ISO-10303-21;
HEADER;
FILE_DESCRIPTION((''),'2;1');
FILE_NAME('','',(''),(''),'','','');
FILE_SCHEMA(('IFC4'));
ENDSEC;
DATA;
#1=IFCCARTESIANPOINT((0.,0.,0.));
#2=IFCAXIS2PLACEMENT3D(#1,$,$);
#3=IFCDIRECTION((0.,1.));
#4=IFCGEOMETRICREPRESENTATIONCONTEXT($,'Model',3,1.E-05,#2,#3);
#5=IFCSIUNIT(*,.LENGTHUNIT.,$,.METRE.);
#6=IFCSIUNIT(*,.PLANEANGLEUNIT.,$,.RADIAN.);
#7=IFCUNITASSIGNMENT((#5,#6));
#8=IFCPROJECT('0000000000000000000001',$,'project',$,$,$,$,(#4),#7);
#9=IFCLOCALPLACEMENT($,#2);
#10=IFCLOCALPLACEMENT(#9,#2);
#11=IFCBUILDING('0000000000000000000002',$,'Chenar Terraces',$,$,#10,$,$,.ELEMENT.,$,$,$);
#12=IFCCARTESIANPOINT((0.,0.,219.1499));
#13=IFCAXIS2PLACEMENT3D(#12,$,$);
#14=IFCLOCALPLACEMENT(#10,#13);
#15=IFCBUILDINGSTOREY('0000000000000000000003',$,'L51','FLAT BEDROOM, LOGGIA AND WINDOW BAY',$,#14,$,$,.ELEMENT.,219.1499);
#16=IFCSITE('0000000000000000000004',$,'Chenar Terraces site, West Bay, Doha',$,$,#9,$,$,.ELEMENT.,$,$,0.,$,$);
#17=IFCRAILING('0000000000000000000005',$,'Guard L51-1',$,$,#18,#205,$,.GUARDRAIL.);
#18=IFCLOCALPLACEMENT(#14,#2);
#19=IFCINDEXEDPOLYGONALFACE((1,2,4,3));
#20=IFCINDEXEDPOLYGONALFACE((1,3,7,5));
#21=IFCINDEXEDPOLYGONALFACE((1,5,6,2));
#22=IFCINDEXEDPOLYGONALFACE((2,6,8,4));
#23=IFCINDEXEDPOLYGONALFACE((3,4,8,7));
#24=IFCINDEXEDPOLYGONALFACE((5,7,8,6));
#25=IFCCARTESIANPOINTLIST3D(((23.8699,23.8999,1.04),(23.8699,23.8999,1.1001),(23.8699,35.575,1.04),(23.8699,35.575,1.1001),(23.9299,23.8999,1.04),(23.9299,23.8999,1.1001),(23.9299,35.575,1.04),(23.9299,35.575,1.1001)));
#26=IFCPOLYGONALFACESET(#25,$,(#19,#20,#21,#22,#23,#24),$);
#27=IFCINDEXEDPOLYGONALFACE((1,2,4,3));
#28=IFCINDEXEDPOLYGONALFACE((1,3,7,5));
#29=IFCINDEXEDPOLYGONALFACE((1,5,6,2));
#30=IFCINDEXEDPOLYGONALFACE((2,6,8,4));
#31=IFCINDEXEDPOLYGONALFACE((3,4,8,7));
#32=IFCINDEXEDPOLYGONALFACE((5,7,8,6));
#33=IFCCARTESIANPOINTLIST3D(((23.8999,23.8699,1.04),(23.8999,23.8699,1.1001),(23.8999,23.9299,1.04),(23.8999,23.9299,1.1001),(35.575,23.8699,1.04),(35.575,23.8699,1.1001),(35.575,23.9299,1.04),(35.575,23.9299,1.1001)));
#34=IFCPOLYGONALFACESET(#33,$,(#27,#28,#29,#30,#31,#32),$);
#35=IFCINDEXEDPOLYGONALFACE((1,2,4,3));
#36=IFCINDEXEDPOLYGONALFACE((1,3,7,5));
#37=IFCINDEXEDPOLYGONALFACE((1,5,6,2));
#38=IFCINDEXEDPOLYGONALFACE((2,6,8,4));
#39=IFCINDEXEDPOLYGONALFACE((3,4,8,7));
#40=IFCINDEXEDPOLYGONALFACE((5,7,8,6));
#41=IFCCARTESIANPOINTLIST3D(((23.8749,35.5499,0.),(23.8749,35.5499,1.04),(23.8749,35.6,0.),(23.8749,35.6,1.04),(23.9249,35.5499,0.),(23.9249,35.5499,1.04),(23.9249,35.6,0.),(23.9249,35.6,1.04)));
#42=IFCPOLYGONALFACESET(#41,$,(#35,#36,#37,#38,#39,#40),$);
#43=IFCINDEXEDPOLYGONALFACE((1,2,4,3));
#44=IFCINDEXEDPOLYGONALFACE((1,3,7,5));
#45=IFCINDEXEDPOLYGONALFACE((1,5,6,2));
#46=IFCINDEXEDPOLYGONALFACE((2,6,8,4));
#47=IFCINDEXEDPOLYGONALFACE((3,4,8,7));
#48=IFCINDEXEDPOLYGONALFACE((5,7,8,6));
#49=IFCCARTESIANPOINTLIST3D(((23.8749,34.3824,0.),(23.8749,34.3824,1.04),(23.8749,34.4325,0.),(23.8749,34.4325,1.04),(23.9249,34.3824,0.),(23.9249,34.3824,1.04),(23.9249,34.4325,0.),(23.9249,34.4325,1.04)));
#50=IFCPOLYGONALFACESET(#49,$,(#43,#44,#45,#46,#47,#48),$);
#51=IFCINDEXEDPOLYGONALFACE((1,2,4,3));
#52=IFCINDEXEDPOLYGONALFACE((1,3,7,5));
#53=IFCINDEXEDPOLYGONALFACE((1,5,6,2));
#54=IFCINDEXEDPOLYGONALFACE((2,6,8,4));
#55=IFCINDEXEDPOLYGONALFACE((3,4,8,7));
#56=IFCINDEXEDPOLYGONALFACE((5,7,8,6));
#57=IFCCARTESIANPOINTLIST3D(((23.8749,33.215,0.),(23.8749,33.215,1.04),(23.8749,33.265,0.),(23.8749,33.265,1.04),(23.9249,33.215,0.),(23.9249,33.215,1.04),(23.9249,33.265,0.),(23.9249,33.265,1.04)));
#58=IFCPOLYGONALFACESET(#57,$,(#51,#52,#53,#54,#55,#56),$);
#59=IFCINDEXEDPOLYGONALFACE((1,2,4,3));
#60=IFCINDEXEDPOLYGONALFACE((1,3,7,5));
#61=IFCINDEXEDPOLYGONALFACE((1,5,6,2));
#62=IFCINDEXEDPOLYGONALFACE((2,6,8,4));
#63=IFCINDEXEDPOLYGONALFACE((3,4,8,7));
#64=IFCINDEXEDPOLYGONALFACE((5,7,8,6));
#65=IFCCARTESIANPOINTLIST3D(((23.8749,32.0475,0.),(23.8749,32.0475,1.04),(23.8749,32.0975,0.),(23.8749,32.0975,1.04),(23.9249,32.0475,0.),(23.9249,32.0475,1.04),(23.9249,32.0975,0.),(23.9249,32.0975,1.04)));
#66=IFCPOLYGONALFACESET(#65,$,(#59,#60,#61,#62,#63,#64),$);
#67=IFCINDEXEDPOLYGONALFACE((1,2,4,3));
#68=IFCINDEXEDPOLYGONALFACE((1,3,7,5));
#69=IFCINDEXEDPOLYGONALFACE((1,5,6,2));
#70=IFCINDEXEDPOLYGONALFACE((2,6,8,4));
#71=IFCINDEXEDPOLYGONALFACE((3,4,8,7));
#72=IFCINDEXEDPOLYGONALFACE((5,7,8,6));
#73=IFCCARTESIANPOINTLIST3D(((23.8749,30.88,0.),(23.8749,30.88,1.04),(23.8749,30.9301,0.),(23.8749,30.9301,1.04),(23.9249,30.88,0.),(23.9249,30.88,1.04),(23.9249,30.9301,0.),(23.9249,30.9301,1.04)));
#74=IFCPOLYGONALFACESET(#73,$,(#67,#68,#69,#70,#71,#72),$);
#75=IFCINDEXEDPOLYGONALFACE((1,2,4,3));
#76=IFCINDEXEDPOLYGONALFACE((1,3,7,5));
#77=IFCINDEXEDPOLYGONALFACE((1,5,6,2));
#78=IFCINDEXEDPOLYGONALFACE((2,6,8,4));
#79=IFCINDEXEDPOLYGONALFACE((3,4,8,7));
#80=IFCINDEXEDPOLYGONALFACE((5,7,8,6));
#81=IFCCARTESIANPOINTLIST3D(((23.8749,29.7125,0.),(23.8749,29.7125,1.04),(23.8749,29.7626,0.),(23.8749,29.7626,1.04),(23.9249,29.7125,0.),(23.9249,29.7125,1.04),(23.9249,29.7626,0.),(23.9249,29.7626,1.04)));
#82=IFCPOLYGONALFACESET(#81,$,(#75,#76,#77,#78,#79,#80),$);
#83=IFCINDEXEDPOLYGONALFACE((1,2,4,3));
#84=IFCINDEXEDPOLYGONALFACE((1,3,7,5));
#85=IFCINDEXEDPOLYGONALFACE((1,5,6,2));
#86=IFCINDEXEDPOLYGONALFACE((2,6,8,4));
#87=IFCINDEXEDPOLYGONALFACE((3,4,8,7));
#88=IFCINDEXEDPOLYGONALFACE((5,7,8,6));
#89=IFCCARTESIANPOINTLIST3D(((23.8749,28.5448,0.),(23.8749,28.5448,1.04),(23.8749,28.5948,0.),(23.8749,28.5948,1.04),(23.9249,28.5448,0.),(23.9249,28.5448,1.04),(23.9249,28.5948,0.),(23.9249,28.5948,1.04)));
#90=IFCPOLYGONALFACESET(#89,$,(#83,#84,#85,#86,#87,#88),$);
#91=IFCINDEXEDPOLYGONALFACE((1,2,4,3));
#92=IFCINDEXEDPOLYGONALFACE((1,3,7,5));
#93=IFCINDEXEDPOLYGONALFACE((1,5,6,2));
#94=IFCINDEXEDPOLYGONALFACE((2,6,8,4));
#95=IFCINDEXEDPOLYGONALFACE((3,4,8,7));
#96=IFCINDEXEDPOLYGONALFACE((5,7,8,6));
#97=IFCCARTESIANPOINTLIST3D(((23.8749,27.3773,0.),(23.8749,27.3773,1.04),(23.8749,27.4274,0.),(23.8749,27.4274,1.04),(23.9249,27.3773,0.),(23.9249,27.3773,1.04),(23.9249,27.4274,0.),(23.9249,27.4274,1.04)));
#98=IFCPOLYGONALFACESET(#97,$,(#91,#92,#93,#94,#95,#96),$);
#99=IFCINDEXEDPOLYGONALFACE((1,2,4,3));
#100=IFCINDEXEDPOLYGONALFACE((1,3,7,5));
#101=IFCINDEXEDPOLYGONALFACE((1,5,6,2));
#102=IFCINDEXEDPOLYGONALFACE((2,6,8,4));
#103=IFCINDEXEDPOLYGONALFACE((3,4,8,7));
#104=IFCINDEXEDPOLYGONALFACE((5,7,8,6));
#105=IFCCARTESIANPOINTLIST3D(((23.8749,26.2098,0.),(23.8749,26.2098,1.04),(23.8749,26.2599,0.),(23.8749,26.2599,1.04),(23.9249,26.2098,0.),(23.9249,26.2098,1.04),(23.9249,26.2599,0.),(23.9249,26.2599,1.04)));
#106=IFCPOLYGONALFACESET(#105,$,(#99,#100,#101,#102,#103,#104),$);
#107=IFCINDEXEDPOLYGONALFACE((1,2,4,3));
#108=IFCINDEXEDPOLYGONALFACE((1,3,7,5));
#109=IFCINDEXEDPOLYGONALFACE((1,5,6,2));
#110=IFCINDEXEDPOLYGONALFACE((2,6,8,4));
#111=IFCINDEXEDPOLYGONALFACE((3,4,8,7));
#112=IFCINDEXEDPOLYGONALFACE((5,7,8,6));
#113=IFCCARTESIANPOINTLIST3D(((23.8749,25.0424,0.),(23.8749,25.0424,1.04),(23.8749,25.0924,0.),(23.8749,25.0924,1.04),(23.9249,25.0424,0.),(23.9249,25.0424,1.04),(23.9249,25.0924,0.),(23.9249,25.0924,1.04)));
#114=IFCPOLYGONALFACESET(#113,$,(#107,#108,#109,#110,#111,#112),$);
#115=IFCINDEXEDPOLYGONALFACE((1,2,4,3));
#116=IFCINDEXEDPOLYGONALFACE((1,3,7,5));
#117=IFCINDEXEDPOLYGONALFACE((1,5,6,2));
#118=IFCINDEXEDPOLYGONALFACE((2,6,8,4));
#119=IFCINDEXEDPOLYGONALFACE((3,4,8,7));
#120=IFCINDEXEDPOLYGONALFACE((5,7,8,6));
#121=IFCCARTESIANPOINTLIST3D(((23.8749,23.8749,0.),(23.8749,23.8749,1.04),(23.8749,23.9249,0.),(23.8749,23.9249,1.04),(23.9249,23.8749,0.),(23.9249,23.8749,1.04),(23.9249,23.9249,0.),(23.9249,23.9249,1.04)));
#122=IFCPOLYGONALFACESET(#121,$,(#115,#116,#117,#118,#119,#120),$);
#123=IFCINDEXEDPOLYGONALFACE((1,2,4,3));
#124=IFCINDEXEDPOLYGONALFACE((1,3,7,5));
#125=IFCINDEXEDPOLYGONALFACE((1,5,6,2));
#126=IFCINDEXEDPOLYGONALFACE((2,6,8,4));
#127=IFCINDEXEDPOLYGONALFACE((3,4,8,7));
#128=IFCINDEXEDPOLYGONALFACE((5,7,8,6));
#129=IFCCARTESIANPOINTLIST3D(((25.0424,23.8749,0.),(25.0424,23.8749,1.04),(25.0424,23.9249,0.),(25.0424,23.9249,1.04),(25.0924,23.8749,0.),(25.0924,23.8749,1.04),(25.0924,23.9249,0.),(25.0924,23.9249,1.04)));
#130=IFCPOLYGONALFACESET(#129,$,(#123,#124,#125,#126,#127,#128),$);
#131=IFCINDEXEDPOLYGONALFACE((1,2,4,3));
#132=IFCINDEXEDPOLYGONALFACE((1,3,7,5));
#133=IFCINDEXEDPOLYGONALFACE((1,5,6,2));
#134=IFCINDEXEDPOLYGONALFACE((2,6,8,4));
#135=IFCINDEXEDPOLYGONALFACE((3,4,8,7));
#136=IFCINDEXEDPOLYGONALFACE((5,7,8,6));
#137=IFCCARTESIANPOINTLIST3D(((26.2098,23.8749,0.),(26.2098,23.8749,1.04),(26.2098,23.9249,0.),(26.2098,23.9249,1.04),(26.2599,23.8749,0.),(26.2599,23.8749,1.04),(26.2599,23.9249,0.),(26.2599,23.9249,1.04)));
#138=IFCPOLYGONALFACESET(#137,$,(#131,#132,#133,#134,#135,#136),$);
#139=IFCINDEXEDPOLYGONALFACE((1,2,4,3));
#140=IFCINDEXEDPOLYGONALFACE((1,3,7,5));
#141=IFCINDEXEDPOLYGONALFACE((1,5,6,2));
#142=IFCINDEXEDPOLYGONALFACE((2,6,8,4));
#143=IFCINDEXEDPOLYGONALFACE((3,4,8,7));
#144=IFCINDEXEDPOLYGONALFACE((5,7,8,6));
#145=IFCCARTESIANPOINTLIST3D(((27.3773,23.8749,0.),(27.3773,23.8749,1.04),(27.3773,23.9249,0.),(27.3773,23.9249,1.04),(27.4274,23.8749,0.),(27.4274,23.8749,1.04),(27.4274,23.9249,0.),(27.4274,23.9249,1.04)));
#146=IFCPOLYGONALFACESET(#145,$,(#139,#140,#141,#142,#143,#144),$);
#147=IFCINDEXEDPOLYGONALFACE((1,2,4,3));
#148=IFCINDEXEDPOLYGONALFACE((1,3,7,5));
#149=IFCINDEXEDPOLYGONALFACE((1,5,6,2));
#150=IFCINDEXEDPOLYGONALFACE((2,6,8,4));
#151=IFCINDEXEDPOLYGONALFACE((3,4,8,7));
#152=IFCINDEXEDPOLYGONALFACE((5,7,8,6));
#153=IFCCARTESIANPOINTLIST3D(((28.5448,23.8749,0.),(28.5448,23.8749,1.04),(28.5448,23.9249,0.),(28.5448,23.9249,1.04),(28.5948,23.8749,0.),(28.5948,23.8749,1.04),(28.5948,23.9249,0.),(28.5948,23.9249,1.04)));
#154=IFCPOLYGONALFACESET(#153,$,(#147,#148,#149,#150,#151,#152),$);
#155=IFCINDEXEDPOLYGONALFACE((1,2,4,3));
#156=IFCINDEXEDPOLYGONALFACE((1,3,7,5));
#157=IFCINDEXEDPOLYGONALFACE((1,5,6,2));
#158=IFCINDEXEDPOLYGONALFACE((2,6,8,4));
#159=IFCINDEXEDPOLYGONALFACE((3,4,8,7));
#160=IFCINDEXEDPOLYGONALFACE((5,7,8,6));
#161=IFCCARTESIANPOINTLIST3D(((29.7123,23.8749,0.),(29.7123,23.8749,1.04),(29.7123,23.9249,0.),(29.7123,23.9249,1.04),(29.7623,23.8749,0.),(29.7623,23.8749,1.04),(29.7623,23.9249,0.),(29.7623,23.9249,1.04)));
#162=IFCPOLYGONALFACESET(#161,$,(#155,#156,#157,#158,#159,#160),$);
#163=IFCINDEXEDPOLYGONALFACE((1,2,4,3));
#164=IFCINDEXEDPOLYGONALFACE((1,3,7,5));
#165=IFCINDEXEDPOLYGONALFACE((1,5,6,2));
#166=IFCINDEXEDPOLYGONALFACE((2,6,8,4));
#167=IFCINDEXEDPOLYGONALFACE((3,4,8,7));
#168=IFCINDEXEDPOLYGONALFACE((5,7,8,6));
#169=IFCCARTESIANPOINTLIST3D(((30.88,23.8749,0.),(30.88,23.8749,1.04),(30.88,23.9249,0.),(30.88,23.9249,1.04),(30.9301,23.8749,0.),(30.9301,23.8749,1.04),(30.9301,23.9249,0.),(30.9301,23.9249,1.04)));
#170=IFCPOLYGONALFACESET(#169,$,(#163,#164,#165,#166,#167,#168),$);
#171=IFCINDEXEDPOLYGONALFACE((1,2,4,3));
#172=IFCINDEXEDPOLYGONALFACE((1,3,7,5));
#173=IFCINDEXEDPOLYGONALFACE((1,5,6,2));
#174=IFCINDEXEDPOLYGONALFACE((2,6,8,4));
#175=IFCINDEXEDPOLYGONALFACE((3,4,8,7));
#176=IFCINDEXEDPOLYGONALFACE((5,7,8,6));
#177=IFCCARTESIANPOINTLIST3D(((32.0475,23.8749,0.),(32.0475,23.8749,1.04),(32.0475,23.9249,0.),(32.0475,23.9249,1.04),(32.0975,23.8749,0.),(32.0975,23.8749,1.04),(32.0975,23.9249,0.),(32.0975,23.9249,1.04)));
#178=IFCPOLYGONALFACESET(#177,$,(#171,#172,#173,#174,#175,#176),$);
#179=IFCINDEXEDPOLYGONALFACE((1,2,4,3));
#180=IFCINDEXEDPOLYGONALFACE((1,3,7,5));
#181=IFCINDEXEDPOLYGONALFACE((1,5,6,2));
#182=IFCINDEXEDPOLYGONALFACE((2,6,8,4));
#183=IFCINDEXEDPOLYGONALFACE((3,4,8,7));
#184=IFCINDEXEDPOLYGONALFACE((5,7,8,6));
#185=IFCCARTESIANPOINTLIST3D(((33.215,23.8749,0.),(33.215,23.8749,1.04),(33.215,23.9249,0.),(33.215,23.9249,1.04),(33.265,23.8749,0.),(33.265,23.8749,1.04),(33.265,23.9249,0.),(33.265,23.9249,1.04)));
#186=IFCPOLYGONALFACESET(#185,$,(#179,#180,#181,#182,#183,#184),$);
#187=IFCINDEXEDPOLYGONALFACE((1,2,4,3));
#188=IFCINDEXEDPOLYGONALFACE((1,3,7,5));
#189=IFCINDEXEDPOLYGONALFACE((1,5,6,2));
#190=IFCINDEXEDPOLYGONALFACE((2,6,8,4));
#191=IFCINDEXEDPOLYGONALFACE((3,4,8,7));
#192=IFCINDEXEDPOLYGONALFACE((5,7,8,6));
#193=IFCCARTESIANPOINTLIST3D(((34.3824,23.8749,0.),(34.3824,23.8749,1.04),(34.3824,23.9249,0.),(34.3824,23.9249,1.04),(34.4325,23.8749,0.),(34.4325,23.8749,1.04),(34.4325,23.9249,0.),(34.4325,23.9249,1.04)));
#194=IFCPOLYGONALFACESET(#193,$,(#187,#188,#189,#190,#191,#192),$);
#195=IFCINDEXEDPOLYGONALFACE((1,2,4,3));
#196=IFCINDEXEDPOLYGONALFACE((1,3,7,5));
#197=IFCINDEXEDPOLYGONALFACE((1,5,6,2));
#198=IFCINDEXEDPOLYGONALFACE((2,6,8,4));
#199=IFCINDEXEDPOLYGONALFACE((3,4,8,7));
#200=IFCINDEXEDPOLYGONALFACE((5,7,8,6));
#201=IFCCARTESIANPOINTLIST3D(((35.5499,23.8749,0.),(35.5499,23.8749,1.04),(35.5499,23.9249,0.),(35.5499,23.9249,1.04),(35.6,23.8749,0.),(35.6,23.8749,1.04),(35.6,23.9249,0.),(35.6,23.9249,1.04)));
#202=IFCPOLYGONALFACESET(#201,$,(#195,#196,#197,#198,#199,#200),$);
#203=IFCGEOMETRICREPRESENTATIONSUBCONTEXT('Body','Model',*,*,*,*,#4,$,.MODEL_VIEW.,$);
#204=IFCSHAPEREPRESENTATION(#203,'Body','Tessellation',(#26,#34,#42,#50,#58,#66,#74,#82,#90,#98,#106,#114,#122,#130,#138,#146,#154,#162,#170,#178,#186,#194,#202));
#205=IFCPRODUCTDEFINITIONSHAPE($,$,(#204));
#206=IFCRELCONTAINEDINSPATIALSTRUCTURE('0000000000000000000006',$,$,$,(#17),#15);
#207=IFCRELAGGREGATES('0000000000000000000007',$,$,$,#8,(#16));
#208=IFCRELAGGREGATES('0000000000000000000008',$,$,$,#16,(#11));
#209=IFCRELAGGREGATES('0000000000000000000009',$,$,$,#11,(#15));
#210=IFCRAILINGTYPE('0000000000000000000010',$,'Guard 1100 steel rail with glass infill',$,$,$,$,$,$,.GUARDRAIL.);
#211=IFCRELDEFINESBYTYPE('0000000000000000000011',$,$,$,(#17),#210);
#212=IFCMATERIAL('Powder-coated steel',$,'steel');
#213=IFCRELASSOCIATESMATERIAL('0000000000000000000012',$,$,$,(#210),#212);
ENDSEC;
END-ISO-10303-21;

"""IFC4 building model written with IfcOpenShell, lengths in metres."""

from ifc_helpers import new_model, si_unit, direction, frame, origin, origin_2d, place, context, subcontext, project, spatial, rectangle, extrude, material, type_object, element, save


model = new_model("IFC4")

# Units and contexts
model_context = context("Model", 3, precision=1e-05, world=origin(), true_north=direction((0.0, 1.0)))
body_context = subcontext(model_context, "Body", "Model", "MODEL_VIEW")
ifc_project = project(units=[si_unit("LENGTHUNIT", "METRE"), si_unit("PLANEANGLEUNIT", "RADIAN")], contexts=[model_context])

# Site, building, storey
site_placement = place(None, origin())
site = spatial("IfcSite", under=ifc_project, at=site_placement, Name="Chenar Terraces site, West Bay, Doha", CompositionType="ELEMENT", RefElevation=0.0)
building_placement = place(site_placement, origin())
building = spatial("IfcBuilding", under=site, at=building_placement, Name="Chenar Terraces", CompositionType="ELEMENT")
storey_placement = place(building_placement, frame((0.0, 0.0, 219.1499)))
storey = spatial("IfcBuildingStorey", under=building, at=storey_placement, Name="L51", Description="FLAT BEDROOM, LOGGIA AND WINDOW BAY", CompositionType="ELEMENT", Elevation=219.1499)

# Railing
ifc_material_1 = material(Name="Powder-coated steel", Category="steel")
railing_type = type_object("IfcRailingType", Name="Guard 1100 steel rail with glass infill", PredefinedType="GUARDRAIL", material=ifc_material_1)
railing_placement = place(storey_placement, frame((23.8999, 35.575, 0.0)))
element("IfcRailing", 1, at=railing_placement, inside=storey, type_object=railing_type, Name="Guard L51-1", PredefinedType="GUARDRAIL", context=body_context, shape_type="SweptSolid", body=[
    extrude(rectangle(XDim=0.0601, YDim=0.0601, at=origin_2d()), frame((0.0, 0.0, 1.0701), z_axis=(0.0, -1.0, 0.0), x_axis=(1.0, 0.0, 0.0)), (0.0, 0.0, 1.0), 11.675),
    extrude(rectangle(XDim=0.0601, YDim=0.0601, at=origin_2d()), frame((0.0, -11.675, 1.0701), z_axis=(1.0, 0.0, 0.0), x_axis=(0.0, 1.0, 0.0)), (0.0, 0.0, 1.0), 11.675),
    extrude(rectangle(XDim=0.05, YDim=0.05, at=origin_2d()), origin(), (0.0, 0.0, 1.0), 1.04),
    extrude(rectangle(XDim=0.05, YDim=0.05, at=origin_2d()), frame((0.0, -1.1675, 0.0)), (0.0, 0.0, 1.0), 1.04),
    extrude(rectangle(XDim=0.05, YDim=0.05, at=origin_2d()), frame((0.0, -2.335, 0.0)), (0.0, 0.0, 1.0), 1.04),
    extrude(rectangle(XDim=0.05, YDim=0.05, at=origin_2d()), frame((0.0, -3.5024, 0.0)), (0.0, 0.0, 1.0), 1.04),
    extrude(rectangle(XDim=0.05, YDim=0.05, at=origin_2d()), frame((0.0, -4.6699, 0.0)), (0.0, 0.0, 1.0), 1.04),
    extrude(rectangle(XDim=0.05, YDim=0.05, at=origin_2d()), frame((0.0, -5.8374, 0.0)), (0.0, 0.0, 1.0), 1.04),
    extrude(rectangle(XDim=0.05, YDim=0.05, at=origin_2d()), frame((0.0, -7.0051, 0.0)), (0.0, 0.0, 1.0), 1.04),
    extrude(rectangle(XDim=0.05, YDim=0.05, at=origin_2d()), frame((0.0, -8.1726, 0.0)), (0.0, 0.0, 1.0), 1.04),
    extrude(rectangle(XDim=0.05, YDim=0.05, at=origin_2d()), frame((0.0, -9.3401, 0.0)), (0.0, 0.0, 1.0), 1.04),
    extrude(rectangle(XDim=0.05, YDim=0.05, at=origin_2d()), frame((0.0, -10.5076, 0.0)), (0.0, 0.0, 1.0), 1.04),
    extrude(rectangle(XDim=0.05, YDim=0.05, at=origin_2d()), frame((0.0, -11.675, 0.0)), (0.0, 0.0, 1.0), 1.04),
    extrude(rectangle(XDim=0.05, YDim=0.05, at=origin_2d()), frame((1.1675, -11.675, 0.0)), (0.0, 0.0, 1.0), 1.04),
    extrude(rectangle(XDim=0.05, YDim=0.05, at=origin_2d()), frame((2.335, -11.675, 0.0)), (0.0, 0.0, 1.0), 1.04),
    extrude(rectangle(XDim=0.05, YDim=0.05, at=origin_2d()), frame((3.5024, -11.675, 0.0)), (0.0, 0.0, 1.0), 1.04),
    extrude(rectangle(XDim=0.05, YDim=0.05, at=origin_2d()), frame((4.6699, -11.675, 0.0)), (0.0, 0.0, 1.0), 1.04),
    extrude(rectangle(XDim=0.05, YDim=0.05, at=origin_2d()), frame((5.8374, -11.675, 0.0)), (0.0, 0.0, 1.0), 1.04),
    extrude(rectangle(XDim=0.05, YDim=0.05, at=origin_2d()), frame((7.0051, -11.675, 0.0)), (0.0, 0.0, 1.0), 1.04),
    extrude(rectangle(XDim=0.05, YDim=0.05, at=origin_2d()), frame((8.1726, -11.675, 0.0)), (0.0, 0.0, 1.0), 1.04),
    extrude(rectangle(XDim=0.05, YDim=0.05, at=origin_2d()), frame((9.3401, -11.675, 0.0)), (0.0, 0.0, 1.0), 1.04),
    extrude(rectangle(XDim=0.05, YDim=0.05, at=origin_2d()), frame((10.5076, -11.675, 0.0)), (0.0, 0.0, 1.0), 1.04),
    extrude(rectangle(XDim=0.05, YDim=0.05, at=origin_2d()), frame((11.675, -11.675, 0.0)), (0.0, 0.0, 1.0), 1.04),
])

save(model, "model.ifc")
